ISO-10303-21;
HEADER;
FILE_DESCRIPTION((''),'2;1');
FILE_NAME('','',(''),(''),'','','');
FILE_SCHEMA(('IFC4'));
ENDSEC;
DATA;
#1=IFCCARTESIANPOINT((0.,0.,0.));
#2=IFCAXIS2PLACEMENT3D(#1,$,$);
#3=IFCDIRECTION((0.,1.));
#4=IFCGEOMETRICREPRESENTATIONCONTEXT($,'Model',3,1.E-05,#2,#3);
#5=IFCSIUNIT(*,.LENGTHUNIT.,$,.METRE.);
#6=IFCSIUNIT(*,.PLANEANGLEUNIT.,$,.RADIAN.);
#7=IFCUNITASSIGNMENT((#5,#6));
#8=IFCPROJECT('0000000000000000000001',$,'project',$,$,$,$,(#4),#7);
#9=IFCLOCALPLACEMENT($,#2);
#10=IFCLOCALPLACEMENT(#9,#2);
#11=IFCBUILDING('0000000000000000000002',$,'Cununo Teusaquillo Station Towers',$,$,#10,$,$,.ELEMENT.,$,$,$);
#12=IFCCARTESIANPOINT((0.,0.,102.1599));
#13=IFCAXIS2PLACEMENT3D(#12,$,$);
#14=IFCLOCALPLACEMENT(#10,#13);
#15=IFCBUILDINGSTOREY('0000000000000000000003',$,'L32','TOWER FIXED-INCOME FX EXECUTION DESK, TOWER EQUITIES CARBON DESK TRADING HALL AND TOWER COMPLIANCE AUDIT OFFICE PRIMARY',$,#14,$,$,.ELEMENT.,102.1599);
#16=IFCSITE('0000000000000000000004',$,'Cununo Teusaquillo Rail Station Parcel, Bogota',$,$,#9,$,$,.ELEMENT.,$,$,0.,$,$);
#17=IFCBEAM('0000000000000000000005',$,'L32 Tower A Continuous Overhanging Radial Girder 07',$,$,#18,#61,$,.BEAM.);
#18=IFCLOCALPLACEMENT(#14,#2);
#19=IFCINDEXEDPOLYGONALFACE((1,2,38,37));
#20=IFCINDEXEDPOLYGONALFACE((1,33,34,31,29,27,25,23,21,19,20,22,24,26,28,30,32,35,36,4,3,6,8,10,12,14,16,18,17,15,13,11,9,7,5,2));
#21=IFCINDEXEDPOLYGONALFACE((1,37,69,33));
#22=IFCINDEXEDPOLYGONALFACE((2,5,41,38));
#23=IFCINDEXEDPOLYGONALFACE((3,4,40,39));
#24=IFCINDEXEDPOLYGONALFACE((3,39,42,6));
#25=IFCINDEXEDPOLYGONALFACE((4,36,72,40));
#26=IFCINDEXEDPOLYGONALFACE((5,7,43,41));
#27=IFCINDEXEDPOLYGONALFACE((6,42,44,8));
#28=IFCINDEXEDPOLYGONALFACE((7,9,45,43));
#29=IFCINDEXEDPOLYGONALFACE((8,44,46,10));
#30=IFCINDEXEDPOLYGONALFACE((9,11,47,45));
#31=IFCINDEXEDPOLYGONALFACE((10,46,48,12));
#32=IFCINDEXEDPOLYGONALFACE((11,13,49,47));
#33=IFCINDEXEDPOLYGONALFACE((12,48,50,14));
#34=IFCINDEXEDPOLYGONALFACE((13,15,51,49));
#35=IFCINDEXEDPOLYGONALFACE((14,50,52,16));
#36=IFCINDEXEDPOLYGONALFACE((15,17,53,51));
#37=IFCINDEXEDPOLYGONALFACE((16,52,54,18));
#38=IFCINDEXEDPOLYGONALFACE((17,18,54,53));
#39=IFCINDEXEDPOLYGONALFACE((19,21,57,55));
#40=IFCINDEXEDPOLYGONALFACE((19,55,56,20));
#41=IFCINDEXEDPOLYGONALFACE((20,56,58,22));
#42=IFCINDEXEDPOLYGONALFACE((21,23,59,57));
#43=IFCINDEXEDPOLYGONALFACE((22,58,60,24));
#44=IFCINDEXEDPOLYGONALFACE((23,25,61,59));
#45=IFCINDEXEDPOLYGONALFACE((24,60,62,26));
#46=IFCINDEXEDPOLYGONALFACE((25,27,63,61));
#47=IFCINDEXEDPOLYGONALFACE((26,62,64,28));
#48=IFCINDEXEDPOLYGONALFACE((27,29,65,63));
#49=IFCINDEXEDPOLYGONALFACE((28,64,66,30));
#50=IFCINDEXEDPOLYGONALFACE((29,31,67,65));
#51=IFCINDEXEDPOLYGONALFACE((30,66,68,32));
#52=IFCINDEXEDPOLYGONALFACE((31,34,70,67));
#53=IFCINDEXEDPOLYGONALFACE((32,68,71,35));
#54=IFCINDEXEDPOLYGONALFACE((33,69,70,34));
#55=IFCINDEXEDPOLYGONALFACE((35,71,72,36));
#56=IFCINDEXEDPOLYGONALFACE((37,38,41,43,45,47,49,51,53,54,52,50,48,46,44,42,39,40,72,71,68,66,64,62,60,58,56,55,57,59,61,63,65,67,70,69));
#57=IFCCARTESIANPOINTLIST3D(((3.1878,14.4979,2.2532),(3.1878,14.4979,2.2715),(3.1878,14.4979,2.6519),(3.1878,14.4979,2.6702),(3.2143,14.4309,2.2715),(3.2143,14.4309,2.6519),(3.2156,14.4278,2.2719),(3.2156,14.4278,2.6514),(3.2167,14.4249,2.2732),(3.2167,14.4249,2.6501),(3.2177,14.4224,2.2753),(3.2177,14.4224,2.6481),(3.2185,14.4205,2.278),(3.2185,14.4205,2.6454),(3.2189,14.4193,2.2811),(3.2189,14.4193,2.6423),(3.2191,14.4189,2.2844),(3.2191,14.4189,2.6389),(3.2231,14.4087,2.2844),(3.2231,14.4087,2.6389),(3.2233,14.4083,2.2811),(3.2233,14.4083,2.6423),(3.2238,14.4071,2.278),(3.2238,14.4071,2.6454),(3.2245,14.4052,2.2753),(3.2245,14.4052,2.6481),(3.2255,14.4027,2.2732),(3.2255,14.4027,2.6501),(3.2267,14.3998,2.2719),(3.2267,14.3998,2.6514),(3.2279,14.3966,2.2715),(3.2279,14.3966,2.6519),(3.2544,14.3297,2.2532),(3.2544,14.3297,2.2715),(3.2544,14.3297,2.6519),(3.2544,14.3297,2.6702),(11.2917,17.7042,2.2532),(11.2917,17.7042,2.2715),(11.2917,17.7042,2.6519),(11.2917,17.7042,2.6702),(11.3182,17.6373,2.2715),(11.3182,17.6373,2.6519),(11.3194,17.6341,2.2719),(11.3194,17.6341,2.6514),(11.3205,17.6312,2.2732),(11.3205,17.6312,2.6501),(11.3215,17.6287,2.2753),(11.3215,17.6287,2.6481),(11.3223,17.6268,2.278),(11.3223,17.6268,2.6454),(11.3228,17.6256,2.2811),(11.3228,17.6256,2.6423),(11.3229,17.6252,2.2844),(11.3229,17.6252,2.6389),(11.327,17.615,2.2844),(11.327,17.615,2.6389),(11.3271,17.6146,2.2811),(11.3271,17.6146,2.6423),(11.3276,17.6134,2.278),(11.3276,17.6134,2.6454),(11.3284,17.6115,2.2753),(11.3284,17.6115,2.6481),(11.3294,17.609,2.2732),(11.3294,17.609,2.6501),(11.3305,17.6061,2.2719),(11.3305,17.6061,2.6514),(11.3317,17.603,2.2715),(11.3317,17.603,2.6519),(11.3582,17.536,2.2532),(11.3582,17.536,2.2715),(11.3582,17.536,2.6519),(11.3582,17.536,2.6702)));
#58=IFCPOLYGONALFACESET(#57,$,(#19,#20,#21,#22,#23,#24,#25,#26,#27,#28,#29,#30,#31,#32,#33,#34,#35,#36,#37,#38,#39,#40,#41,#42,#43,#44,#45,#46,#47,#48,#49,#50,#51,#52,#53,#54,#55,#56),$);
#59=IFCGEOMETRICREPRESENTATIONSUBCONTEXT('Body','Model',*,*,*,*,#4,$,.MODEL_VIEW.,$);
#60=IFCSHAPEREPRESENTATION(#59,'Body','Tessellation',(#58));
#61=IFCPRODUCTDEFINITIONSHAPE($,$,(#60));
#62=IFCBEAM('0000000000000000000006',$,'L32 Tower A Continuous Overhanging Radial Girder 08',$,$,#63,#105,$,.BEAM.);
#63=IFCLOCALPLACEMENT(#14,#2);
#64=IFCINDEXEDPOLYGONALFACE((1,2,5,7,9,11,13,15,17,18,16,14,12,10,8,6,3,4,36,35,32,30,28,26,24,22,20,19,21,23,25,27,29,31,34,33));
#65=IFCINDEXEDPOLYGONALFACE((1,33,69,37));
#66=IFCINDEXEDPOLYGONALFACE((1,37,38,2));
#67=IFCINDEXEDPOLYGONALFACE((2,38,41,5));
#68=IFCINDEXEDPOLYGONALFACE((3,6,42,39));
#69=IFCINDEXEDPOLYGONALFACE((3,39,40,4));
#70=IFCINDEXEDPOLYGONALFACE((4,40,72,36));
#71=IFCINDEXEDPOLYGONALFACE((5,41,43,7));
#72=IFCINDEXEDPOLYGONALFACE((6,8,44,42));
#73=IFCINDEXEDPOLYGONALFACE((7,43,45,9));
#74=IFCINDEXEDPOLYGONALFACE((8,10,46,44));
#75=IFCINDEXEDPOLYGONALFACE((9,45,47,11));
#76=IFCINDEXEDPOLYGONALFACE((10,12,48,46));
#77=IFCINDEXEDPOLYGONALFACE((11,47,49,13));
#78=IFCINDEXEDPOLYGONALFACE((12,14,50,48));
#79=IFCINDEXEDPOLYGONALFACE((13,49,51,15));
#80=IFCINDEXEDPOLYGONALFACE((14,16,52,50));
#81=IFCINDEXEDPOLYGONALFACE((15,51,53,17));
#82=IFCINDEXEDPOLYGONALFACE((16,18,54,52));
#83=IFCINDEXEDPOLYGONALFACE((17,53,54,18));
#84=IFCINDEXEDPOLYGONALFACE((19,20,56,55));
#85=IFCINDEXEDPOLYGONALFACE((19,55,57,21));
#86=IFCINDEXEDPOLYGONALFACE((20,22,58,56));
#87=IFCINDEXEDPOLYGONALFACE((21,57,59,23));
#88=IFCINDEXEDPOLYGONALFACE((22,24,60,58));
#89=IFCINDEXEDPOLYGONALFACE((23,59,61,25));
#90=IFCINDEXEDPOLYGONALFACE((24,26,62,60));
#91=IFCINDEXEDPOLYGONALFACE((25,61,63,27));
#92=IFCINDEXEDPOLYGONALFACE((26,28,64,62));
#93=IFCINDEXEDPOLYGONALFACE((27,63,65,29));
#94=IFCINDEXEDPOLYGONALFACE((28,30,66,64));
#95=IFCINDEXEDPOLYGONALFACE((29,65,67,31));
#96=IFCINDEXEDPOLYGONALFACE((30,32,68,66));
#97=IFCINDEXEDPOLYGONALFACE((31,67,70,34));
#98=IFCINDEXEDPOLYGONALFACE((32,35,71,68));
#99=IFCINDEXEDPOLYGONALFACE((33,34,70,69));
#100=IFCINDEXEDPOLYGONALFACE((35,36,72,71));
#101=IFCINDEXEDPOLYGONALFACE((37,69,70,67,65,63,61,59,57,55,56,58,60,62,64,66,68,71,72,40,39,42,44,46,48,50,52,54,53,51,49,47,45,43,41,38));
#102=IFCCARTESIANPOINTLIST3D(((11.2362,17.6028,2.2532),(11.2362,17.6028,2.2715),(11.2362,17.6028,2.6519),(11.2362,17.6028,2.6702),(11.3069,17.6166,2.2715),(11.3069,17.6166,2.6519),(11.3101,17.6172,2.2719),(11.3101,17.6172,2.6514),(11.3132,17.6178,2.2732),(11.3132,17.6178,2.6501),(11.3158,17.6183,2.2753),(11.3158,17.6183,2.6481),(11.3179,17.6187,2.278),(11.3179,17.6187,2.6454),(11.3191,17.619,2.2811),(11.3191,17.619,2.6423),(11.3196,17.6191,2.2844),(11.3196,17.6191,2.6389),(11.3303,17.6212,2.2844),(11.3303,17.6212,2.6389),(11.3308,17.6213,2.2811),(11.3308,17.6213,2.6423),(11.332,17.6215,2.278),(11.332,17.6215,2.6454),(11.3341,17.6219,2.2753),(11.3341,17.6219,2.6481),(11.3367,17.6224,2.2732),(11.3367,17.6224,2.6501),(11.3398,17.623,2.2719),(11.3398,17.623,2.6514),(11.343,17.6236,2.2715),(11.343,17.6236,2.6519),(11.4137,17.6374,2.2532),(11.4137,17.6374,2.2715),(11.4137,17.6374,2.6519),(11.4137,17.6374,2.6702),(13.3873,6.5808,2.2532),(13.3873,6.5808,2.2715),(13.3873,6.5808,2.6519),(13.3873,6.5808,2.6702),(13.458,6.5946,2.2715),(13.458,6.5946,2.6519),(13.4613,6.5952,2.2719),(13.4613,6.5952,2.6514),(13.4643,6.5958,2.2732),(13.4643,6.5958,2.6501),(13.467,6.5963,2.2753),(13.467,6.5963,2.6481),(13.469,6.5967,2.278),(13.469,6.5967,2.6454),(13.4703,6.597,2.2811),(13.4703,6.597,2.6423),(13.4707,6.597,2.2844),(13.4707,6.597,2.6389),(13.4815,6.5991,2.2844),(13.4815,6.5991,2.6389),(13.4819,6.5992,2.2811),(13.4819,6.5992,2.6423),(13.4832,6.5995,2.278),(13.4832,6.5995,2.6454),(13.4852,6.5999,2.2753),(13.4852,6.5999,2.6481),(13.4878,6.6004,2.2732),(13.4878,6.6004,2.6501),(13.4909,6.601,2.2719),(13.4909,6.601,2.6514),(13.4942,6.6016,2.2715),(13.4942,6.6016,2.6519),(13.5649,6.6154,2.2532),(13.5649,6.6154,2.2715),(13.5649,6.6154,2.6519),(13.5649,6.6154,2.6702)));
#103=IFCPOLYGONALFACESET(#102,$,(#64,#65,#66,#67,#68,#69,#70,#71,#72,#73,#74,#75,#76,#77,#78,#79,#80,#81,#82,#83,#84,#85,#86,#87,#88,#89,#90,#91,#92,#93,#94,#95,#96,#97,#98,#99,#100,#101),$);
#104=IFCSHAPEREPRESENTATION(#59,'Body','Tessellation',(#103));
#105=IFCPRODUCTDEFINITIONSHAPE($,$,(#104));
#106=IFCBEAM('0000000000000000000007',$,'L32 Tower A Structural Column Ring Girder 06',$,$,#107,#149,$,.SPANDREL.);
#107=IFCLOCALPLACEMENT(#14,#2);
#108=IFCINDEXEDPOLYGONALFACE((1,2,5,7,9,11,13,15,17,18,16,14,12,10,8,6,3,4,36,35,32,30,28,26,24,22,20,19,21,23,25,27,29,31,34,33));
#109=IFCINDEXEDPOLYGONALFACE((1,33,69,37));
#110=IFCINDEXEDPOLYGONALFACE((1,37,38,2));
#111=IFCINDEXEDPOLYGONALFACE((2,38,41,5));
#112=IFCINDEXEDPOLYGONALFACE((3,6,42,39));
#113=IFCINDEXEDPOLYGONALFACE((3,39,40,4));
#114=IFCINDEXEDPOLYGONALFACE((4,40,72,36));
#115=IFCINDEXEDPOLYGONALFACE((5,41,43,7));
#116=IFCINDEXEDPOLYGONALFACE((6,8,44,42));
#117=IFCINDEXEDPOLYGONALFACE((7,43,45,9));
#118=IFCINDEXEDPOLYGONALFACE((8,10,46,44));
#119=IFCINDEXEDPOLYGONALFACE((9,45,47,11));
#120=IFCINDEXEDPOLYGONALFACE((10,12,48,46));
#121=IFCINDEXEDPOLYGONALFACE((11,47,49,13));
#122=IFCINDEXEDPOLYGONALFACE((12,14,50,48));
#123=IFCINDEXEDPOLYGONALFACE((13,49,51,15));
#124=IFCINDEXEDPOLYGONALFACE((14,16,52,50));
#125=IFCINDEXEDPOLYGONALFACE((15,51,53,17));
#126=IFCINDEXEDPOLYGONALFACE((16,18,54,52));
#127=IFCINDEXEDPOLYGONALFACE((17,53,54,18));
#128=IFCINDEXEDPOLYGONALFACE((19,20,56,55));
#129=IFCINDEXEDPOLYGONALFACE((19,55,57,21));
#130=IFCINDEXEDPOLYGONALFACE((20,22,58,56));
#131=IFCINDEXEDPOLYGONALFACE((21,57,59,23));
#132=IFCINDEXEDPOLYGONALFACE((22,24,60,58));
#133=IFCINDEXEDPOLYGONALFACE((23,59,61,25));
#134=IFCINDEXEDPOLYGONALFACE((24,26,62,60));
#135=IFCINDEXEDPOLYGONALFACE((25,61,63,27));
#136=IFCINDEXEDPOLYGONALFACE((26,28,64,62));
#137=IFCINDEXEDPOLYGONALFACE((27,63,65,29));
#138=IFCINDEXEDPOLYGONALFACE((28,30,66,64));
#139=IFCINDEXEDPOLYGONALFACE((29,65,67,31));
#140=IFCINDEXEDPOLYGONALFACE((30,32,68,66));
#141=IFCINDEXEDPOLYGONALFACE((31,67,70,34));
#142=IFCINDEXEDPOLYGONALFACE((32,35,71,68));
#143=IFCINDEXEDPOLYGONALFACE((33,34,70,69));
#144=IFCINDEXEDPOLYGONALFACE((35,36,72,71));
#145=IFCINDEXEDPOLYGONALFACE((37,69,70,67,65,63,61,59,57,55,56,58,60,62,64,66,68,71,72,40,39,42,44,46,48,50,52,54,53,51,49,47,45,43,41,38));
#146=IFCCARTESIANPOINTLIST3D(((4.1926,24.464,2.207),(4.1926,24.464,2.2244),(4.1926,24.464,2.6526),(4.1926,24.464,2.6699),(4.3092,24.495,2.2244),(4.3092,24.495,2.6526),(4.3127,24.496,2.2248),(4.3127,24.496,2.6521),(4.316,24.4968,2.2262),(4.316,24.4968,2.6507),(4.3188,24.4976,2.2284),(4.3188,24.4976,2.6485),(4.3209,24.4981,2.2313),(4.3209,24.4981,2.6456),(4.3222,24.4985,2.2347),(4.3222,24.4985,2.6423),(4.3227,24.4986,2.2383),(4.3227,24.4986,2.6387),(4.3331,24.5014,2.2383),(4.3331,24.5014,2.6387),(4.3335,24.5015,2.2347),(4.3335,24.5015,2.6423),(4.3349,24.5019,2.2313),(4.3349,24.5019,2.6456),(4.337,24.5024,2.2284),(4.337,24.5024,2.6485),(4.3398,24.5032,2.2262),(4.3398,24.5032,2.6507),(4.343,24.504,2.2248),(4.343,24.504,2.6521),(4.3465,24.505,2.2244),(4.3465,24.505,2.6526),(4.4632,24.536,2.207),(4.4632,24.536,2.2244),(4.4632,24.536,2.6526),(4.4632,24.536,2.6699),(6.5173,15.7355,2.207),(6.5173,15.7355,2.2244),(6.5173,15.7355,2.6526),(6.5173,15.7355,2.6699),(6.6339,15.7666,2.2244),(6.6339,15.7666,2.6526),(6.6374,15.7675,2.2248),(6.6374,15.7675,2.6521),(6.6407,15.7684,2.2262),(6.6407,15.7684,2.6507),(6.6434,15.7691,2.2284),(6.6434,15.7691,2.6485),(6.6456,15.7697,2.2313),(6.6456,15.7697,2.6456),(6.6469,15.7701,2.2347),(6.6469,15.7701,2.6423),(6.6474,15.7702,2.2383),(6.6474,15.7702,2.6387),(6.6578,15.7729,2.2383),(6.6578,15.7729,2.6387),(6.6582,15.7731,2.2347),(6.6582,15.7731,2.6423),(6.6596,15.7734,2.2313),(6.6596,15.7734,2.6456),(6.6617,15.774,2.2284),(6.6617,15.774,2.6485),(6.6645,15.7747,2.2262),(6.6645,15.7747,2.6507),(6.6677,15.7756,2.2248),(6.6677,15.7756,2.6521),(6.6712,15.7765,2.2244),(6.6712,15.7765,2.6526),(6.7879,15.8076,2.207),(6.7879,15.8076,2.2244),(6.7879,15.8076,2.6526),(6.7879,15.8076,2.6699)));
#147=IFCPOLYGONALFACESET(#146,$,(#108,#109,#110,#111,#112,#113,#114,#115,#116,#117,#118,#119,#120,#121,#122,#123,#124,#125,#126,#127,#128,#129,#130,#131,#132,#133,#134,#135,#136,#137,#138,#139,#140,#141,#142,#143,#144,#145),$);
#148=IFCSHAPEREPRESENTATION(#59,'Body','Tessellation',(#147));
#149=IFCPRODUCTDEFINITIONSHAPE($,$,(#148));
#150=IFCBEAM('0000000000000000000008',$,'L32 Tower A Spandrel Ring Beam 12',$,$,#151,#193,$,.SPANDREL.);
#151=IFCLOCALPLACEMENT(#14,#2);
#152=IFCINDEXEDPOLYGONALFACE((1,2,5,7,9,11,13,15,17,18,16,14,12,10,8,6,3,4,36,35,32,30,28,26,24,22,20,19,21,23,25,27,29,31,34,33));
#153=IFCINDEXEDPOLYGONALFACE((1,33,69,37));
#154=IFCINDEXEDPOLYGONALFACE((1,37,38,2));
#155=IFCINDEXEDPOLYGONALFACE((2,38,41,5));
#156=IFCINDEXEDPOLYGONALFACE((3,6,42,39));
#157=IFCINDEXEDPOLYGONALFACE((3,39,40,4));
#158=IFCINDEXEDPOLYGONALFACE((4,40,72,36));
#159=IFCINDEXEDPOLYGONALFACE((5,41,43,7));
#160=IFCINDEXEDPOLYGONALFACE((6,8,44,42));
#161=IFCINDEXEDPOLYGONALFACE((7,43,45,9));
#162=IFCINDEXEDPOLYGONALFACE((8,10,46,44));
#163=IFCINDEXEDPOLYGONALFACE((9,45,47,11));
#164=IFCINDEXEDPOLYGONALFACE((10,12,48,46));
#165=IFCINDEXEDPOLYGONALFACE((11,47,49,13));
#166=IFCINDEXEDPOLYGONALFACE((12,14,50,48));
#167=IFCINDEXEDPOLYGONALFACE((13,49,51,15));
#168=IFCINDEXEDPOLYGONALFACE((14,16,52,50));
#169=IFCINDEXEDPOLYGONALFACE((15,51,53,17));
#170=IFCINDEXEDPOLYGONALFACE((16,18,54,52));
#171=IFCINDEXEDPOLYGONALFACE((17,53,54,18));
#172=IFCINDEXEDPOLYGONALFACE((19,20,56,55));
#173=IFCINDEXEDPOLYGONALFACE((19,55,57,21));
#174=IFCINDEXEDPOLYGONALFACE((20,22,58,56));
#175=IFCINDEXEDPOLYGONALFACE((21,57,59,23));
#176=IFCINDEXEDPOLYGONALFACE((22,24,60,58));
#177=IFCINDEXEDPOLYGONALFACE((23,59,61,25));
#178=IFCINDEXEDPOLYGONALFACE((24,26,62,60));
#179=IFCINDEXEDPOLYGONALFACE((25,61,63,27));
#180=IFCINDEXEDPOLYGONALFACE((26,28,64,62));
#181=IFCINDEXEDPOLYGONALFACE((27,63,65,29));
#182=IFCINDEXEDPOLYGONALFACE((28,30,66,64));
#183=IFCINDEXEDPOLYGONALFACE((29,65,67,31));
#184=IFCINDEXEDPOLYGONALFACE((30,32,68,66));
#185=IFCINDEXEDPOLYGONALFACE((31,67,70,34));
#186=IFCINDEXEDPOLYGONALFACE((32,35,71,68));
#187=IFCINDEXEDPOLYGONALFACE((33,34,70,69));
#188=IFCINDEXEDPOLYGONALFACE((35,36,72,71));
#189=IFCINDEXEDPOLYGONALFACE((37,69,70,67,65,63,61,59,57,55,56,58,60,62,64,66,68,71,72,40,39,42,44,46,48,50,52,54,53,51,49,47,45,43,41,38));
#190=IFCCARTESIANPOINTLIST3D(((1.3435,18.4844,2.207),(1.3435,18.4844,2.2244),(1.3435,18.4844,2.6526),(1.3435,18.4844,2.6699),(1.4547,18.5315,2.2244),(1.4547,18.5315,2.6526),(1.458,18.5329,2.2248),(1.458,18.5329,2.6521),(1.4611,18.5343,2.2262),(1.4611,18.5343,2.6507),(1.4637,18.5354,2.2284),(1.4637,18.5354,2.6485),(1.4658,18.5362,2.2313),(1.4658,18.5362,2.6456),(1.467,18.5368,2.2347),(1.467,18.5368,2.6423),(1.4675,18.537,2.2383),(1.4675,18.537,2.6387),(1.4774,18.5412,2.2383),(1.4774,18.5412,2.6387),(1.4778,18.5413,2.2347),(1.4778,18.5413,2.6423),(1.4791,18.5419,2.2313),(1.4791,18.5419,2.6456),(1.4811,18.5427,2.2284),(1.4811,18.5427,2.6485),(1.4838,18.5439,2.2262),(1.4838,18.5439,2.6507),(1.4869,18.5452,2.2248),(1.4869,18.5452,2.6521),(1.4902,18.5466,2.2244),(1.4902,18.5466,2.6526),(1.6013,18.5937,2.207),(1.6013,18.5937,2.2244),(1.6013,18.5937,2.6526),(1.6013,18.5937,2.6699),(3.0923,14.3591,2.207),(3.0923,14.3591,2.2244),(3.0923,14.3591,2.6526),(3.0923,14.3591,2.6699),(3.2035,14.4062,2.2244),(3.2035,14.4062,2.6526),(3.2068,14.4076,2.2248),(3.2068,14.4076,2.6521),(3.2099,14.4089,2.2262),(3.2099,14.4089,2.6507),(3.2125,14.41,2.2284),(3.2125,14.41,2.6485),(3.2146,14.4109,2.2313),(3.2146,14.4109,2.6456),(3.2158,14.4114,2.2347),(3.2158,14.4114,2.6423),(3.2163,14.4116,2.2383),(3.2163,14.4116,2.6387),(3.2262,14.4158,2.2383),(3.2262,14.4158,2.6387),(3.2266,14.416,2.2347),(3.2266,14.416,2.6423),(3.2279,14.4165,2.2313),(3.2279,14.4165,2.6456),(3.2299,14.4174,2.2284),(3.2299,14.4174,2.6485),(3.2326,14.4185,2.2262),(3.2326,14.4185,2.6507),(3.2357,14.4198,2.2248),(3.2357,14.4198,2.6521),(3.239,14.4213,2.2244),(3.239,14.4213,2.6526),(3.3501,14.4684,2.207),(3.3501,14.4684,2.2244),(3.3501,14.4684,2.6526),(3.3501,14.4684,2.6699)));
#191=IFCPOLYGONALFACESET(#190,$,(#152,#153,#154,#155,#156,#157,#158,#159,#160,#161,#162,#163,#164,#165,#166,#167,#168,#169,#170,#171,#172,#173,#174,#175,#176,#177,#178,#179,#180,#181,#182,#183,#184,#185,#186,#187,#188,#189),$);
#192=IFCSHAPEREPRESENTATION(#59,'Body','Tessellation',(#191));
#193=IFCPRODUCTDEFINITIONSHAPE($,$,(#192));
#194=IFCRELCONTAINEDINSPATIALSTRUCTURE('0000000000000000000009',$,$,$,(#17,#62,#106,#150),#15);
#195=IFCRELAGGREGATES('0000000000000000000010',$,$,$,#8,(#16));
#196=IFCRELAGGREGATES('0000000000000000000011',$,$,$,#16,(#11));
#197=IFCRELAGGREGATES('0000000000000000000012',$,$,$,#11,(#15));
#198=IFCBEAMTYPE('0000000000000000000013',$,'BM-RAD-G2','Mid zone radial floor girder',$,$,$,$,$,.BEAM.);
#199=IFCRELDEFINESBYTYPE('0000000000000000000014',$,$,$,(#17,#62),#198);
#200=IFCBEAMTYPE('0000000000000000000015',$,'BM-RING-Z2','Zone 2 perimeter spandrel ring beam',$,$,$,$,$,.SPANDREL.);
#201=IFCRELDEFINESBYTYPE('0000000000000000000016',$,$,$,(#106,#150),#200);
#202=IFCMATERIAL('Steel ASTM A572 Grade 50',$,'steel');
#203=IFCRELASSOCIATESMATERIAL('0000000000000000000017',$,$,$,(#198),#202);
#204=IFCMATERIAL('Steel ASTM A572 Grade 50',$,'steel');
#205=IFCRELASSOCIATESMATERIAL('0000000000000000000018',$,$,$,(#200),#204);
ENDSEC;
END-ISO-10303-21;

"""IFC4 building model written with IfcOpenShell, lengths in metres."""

from ifc_helpers import new_model, si_unit, direction, frame, origin, origin_2d, place, context, subcontext, project, spatial, i_section, extrude, material, material_profile, profile_set, type_object, element, save


model = new_model("IFC4")

# Units and contexts
model_context = context("Model", 3, precision=1e-05, world=origin(), true_north=direction((0.0, 1.0)))
body_context = subcontext(model_context, "Body", "Model", "MODEL_VIEW")
ifc_project = project(units=[si_unit("LENGTHUNIT", "METRE"), si_unit("PLANEANGLEUNIT", "RADIAN")], contexts=[model_context])

# Site, building, storey
site_placement = place(None, origin())
site = spatial("IfcSite", under=ifc_project, at=site_placement, Name="Cununo Teusaquillo Rail Station Parcel, Bogota", CompositionType="ELEMENT", RefElevation=0.0)
building_placement = place(site_placement, origin())
building = spatial("IfcBuilding", under=site, at=building_placement, Name="Cununo Teusaquillo Station Towers", CompositionType="ELEMENT")
storey_placement = place(building_placement, frame((0.0, 0.0, 102.1599)))
storey = spatial("IfcBuildingStorey", under=building, at=storey_placement, Name="L32", Description="TOWER FIXED-INCOME FX EXECUTION DESK, TOWER EQUITIES CARBON DESK TRADING HALL AND TOWER COMPLIANCE AUDIT OFFICE PRIMARY", CompositionType="ELEMENT", Elevation=102.1599)

# Beams
ifc_material_1 = material(Name="Steel ASTM A572 Grade 50", Category="steel")
ifc_material_profile_1 = material_profile(ifc_material_1, i_section(OverallWidth=0.1809, OverallDepth=0.417, WebThickness=0.011, FlangeThickness=0.0183, FilletRadius=0.0129, at=origin_2d()), Name="W16X57")
ifc_profile_set_1 = profile_set([ifc_material_profile_1], Name="Steel ASTM A572 Grade 50")
beam_type_1 = type_object("IfcBeamType", Name="BM-RAD-G2", Description="Mid zone radial floor girder", PredefinedType="BEAM", material=ifc_profile_set_1)
beam_1_placement = place(storey_placement, frame((11.325, 17.6201, 2.4617), z_axis=(-0.929863, -0.367906, 0.0), x_axis=(0.367906, -0.929863, 0.0)))
element("IfcBeam", 1, at=beam_1_placement, inside=storey, type_object=beam_type_1, Name="L32 Tower A Continuous Overhanging Radial Girder 07", PredefinedType="BEAM", context=body_context, shape_type="SweptSolid", body=[
    extrude(i_section(OverallWidth=0.1809, OverallDepth=0.417, WebThickness=0.011, FlangeThickness=0.0183, FilletRadius=0.0129, at=origin_2d()), origin(), (0.0, 0.0, 1.0), 8.7151),
])
beam_2_placement = place(storey_placement, frame((11.325, 17.6201, 2.4617), z_axis=(0.191553, -0.981482, 0.0), x_axis=(0.981482, 0.191553, 0.0)))
element("IfcBeam", 2, at=beam_2_placement, inside=storey, type_object=beam_type_1, Name="L32 Tower A Continuous Overhanging Radial Girder 08", PredefinedType="BEAM", context=body_context, shape_type="SweptSolid", body=[
    extrude(i_section(OverallWidth=0.1809, OverallDepth=0.417, WebThickness=0.011, FlangeThickness=0.0183, FilletRadius=0.0129, at=origin_2d()), origin(), (0.0, 0.0, 1.0), 11.23),
])
ifc_material_2 = material(Name="Steel ASTM A572 Grade 50", Category="steel")
ifc_material_profile_2 = material_profile(ifc_material_2, i_section(OverallWidth=0.28, OverallDepth=0.4629, WebThickness=0.0107, FlangeThickness=0.0173, FilletRadius=0.0139, at=origin_2d()), Name="W18X76")
ifc_profile_set_2 = profile_set([ifc_material_profile_2], Name="Steel ASTM A572 Grade 50")
beam_type_2 = type_object("IfcBeamType", Name="BM-RING-Z2", Description="Zone 2 perimeter spandrel ring beam", PredefinedType="SPANDREL", material=ifc_profile_set_2)
beam_3_placement = place(storey_placement, frame((4.3279, 24.5, 2.4385), z_axis=(0.257363, -0.966315, 0.0), x_axis=(0.966315, 0.257363, 0.0)))
element("IfcBeam", 3, at=beam_3_placement, inside=storey, type_object=beam_type_2, Name="L32 Tower A Structural Column Ring Girder 06", PredefinedType="SPANDREL", context=body_context, shape_type="SweptSolid", body=[
    extrude(i_section(OverallWidth=0.28, OverallDepth=0.4629, WebThickness=0.0107, FlangeThickness=0.0173, FilletRadius=0.0139, at=origin_2d()), origin(), (0.0, 0.0, 1.0), 9.0327),
])
beam_4_placement = place(storey_placement, frame((1.4724, 18.5391, 2.4385), z_axis=(0.390299, -0.920688, 0.0), x_axis=(0.920688, 0.390299, 0.0)))
element("IfcBeam", 4, at=beam_4_placement, inside=storey, type_object=beam_type_2, Name="L32 Tower A Spandrel Ring Beam 12", PredefinedType="SPANDREL", context=body_context, shape_type="SweptSolid", body=[
    extrude(i_section(OverallWidth=0.28, OverallDepth=0.4629, WebThickness=0.0107, FlangeThickness=0.0173, FilletRadius=0.0139, at=origin_2d()), origin(), (0.0, 0.0, 1.0), 4.4807),
])

save(model, "model.ifc")
